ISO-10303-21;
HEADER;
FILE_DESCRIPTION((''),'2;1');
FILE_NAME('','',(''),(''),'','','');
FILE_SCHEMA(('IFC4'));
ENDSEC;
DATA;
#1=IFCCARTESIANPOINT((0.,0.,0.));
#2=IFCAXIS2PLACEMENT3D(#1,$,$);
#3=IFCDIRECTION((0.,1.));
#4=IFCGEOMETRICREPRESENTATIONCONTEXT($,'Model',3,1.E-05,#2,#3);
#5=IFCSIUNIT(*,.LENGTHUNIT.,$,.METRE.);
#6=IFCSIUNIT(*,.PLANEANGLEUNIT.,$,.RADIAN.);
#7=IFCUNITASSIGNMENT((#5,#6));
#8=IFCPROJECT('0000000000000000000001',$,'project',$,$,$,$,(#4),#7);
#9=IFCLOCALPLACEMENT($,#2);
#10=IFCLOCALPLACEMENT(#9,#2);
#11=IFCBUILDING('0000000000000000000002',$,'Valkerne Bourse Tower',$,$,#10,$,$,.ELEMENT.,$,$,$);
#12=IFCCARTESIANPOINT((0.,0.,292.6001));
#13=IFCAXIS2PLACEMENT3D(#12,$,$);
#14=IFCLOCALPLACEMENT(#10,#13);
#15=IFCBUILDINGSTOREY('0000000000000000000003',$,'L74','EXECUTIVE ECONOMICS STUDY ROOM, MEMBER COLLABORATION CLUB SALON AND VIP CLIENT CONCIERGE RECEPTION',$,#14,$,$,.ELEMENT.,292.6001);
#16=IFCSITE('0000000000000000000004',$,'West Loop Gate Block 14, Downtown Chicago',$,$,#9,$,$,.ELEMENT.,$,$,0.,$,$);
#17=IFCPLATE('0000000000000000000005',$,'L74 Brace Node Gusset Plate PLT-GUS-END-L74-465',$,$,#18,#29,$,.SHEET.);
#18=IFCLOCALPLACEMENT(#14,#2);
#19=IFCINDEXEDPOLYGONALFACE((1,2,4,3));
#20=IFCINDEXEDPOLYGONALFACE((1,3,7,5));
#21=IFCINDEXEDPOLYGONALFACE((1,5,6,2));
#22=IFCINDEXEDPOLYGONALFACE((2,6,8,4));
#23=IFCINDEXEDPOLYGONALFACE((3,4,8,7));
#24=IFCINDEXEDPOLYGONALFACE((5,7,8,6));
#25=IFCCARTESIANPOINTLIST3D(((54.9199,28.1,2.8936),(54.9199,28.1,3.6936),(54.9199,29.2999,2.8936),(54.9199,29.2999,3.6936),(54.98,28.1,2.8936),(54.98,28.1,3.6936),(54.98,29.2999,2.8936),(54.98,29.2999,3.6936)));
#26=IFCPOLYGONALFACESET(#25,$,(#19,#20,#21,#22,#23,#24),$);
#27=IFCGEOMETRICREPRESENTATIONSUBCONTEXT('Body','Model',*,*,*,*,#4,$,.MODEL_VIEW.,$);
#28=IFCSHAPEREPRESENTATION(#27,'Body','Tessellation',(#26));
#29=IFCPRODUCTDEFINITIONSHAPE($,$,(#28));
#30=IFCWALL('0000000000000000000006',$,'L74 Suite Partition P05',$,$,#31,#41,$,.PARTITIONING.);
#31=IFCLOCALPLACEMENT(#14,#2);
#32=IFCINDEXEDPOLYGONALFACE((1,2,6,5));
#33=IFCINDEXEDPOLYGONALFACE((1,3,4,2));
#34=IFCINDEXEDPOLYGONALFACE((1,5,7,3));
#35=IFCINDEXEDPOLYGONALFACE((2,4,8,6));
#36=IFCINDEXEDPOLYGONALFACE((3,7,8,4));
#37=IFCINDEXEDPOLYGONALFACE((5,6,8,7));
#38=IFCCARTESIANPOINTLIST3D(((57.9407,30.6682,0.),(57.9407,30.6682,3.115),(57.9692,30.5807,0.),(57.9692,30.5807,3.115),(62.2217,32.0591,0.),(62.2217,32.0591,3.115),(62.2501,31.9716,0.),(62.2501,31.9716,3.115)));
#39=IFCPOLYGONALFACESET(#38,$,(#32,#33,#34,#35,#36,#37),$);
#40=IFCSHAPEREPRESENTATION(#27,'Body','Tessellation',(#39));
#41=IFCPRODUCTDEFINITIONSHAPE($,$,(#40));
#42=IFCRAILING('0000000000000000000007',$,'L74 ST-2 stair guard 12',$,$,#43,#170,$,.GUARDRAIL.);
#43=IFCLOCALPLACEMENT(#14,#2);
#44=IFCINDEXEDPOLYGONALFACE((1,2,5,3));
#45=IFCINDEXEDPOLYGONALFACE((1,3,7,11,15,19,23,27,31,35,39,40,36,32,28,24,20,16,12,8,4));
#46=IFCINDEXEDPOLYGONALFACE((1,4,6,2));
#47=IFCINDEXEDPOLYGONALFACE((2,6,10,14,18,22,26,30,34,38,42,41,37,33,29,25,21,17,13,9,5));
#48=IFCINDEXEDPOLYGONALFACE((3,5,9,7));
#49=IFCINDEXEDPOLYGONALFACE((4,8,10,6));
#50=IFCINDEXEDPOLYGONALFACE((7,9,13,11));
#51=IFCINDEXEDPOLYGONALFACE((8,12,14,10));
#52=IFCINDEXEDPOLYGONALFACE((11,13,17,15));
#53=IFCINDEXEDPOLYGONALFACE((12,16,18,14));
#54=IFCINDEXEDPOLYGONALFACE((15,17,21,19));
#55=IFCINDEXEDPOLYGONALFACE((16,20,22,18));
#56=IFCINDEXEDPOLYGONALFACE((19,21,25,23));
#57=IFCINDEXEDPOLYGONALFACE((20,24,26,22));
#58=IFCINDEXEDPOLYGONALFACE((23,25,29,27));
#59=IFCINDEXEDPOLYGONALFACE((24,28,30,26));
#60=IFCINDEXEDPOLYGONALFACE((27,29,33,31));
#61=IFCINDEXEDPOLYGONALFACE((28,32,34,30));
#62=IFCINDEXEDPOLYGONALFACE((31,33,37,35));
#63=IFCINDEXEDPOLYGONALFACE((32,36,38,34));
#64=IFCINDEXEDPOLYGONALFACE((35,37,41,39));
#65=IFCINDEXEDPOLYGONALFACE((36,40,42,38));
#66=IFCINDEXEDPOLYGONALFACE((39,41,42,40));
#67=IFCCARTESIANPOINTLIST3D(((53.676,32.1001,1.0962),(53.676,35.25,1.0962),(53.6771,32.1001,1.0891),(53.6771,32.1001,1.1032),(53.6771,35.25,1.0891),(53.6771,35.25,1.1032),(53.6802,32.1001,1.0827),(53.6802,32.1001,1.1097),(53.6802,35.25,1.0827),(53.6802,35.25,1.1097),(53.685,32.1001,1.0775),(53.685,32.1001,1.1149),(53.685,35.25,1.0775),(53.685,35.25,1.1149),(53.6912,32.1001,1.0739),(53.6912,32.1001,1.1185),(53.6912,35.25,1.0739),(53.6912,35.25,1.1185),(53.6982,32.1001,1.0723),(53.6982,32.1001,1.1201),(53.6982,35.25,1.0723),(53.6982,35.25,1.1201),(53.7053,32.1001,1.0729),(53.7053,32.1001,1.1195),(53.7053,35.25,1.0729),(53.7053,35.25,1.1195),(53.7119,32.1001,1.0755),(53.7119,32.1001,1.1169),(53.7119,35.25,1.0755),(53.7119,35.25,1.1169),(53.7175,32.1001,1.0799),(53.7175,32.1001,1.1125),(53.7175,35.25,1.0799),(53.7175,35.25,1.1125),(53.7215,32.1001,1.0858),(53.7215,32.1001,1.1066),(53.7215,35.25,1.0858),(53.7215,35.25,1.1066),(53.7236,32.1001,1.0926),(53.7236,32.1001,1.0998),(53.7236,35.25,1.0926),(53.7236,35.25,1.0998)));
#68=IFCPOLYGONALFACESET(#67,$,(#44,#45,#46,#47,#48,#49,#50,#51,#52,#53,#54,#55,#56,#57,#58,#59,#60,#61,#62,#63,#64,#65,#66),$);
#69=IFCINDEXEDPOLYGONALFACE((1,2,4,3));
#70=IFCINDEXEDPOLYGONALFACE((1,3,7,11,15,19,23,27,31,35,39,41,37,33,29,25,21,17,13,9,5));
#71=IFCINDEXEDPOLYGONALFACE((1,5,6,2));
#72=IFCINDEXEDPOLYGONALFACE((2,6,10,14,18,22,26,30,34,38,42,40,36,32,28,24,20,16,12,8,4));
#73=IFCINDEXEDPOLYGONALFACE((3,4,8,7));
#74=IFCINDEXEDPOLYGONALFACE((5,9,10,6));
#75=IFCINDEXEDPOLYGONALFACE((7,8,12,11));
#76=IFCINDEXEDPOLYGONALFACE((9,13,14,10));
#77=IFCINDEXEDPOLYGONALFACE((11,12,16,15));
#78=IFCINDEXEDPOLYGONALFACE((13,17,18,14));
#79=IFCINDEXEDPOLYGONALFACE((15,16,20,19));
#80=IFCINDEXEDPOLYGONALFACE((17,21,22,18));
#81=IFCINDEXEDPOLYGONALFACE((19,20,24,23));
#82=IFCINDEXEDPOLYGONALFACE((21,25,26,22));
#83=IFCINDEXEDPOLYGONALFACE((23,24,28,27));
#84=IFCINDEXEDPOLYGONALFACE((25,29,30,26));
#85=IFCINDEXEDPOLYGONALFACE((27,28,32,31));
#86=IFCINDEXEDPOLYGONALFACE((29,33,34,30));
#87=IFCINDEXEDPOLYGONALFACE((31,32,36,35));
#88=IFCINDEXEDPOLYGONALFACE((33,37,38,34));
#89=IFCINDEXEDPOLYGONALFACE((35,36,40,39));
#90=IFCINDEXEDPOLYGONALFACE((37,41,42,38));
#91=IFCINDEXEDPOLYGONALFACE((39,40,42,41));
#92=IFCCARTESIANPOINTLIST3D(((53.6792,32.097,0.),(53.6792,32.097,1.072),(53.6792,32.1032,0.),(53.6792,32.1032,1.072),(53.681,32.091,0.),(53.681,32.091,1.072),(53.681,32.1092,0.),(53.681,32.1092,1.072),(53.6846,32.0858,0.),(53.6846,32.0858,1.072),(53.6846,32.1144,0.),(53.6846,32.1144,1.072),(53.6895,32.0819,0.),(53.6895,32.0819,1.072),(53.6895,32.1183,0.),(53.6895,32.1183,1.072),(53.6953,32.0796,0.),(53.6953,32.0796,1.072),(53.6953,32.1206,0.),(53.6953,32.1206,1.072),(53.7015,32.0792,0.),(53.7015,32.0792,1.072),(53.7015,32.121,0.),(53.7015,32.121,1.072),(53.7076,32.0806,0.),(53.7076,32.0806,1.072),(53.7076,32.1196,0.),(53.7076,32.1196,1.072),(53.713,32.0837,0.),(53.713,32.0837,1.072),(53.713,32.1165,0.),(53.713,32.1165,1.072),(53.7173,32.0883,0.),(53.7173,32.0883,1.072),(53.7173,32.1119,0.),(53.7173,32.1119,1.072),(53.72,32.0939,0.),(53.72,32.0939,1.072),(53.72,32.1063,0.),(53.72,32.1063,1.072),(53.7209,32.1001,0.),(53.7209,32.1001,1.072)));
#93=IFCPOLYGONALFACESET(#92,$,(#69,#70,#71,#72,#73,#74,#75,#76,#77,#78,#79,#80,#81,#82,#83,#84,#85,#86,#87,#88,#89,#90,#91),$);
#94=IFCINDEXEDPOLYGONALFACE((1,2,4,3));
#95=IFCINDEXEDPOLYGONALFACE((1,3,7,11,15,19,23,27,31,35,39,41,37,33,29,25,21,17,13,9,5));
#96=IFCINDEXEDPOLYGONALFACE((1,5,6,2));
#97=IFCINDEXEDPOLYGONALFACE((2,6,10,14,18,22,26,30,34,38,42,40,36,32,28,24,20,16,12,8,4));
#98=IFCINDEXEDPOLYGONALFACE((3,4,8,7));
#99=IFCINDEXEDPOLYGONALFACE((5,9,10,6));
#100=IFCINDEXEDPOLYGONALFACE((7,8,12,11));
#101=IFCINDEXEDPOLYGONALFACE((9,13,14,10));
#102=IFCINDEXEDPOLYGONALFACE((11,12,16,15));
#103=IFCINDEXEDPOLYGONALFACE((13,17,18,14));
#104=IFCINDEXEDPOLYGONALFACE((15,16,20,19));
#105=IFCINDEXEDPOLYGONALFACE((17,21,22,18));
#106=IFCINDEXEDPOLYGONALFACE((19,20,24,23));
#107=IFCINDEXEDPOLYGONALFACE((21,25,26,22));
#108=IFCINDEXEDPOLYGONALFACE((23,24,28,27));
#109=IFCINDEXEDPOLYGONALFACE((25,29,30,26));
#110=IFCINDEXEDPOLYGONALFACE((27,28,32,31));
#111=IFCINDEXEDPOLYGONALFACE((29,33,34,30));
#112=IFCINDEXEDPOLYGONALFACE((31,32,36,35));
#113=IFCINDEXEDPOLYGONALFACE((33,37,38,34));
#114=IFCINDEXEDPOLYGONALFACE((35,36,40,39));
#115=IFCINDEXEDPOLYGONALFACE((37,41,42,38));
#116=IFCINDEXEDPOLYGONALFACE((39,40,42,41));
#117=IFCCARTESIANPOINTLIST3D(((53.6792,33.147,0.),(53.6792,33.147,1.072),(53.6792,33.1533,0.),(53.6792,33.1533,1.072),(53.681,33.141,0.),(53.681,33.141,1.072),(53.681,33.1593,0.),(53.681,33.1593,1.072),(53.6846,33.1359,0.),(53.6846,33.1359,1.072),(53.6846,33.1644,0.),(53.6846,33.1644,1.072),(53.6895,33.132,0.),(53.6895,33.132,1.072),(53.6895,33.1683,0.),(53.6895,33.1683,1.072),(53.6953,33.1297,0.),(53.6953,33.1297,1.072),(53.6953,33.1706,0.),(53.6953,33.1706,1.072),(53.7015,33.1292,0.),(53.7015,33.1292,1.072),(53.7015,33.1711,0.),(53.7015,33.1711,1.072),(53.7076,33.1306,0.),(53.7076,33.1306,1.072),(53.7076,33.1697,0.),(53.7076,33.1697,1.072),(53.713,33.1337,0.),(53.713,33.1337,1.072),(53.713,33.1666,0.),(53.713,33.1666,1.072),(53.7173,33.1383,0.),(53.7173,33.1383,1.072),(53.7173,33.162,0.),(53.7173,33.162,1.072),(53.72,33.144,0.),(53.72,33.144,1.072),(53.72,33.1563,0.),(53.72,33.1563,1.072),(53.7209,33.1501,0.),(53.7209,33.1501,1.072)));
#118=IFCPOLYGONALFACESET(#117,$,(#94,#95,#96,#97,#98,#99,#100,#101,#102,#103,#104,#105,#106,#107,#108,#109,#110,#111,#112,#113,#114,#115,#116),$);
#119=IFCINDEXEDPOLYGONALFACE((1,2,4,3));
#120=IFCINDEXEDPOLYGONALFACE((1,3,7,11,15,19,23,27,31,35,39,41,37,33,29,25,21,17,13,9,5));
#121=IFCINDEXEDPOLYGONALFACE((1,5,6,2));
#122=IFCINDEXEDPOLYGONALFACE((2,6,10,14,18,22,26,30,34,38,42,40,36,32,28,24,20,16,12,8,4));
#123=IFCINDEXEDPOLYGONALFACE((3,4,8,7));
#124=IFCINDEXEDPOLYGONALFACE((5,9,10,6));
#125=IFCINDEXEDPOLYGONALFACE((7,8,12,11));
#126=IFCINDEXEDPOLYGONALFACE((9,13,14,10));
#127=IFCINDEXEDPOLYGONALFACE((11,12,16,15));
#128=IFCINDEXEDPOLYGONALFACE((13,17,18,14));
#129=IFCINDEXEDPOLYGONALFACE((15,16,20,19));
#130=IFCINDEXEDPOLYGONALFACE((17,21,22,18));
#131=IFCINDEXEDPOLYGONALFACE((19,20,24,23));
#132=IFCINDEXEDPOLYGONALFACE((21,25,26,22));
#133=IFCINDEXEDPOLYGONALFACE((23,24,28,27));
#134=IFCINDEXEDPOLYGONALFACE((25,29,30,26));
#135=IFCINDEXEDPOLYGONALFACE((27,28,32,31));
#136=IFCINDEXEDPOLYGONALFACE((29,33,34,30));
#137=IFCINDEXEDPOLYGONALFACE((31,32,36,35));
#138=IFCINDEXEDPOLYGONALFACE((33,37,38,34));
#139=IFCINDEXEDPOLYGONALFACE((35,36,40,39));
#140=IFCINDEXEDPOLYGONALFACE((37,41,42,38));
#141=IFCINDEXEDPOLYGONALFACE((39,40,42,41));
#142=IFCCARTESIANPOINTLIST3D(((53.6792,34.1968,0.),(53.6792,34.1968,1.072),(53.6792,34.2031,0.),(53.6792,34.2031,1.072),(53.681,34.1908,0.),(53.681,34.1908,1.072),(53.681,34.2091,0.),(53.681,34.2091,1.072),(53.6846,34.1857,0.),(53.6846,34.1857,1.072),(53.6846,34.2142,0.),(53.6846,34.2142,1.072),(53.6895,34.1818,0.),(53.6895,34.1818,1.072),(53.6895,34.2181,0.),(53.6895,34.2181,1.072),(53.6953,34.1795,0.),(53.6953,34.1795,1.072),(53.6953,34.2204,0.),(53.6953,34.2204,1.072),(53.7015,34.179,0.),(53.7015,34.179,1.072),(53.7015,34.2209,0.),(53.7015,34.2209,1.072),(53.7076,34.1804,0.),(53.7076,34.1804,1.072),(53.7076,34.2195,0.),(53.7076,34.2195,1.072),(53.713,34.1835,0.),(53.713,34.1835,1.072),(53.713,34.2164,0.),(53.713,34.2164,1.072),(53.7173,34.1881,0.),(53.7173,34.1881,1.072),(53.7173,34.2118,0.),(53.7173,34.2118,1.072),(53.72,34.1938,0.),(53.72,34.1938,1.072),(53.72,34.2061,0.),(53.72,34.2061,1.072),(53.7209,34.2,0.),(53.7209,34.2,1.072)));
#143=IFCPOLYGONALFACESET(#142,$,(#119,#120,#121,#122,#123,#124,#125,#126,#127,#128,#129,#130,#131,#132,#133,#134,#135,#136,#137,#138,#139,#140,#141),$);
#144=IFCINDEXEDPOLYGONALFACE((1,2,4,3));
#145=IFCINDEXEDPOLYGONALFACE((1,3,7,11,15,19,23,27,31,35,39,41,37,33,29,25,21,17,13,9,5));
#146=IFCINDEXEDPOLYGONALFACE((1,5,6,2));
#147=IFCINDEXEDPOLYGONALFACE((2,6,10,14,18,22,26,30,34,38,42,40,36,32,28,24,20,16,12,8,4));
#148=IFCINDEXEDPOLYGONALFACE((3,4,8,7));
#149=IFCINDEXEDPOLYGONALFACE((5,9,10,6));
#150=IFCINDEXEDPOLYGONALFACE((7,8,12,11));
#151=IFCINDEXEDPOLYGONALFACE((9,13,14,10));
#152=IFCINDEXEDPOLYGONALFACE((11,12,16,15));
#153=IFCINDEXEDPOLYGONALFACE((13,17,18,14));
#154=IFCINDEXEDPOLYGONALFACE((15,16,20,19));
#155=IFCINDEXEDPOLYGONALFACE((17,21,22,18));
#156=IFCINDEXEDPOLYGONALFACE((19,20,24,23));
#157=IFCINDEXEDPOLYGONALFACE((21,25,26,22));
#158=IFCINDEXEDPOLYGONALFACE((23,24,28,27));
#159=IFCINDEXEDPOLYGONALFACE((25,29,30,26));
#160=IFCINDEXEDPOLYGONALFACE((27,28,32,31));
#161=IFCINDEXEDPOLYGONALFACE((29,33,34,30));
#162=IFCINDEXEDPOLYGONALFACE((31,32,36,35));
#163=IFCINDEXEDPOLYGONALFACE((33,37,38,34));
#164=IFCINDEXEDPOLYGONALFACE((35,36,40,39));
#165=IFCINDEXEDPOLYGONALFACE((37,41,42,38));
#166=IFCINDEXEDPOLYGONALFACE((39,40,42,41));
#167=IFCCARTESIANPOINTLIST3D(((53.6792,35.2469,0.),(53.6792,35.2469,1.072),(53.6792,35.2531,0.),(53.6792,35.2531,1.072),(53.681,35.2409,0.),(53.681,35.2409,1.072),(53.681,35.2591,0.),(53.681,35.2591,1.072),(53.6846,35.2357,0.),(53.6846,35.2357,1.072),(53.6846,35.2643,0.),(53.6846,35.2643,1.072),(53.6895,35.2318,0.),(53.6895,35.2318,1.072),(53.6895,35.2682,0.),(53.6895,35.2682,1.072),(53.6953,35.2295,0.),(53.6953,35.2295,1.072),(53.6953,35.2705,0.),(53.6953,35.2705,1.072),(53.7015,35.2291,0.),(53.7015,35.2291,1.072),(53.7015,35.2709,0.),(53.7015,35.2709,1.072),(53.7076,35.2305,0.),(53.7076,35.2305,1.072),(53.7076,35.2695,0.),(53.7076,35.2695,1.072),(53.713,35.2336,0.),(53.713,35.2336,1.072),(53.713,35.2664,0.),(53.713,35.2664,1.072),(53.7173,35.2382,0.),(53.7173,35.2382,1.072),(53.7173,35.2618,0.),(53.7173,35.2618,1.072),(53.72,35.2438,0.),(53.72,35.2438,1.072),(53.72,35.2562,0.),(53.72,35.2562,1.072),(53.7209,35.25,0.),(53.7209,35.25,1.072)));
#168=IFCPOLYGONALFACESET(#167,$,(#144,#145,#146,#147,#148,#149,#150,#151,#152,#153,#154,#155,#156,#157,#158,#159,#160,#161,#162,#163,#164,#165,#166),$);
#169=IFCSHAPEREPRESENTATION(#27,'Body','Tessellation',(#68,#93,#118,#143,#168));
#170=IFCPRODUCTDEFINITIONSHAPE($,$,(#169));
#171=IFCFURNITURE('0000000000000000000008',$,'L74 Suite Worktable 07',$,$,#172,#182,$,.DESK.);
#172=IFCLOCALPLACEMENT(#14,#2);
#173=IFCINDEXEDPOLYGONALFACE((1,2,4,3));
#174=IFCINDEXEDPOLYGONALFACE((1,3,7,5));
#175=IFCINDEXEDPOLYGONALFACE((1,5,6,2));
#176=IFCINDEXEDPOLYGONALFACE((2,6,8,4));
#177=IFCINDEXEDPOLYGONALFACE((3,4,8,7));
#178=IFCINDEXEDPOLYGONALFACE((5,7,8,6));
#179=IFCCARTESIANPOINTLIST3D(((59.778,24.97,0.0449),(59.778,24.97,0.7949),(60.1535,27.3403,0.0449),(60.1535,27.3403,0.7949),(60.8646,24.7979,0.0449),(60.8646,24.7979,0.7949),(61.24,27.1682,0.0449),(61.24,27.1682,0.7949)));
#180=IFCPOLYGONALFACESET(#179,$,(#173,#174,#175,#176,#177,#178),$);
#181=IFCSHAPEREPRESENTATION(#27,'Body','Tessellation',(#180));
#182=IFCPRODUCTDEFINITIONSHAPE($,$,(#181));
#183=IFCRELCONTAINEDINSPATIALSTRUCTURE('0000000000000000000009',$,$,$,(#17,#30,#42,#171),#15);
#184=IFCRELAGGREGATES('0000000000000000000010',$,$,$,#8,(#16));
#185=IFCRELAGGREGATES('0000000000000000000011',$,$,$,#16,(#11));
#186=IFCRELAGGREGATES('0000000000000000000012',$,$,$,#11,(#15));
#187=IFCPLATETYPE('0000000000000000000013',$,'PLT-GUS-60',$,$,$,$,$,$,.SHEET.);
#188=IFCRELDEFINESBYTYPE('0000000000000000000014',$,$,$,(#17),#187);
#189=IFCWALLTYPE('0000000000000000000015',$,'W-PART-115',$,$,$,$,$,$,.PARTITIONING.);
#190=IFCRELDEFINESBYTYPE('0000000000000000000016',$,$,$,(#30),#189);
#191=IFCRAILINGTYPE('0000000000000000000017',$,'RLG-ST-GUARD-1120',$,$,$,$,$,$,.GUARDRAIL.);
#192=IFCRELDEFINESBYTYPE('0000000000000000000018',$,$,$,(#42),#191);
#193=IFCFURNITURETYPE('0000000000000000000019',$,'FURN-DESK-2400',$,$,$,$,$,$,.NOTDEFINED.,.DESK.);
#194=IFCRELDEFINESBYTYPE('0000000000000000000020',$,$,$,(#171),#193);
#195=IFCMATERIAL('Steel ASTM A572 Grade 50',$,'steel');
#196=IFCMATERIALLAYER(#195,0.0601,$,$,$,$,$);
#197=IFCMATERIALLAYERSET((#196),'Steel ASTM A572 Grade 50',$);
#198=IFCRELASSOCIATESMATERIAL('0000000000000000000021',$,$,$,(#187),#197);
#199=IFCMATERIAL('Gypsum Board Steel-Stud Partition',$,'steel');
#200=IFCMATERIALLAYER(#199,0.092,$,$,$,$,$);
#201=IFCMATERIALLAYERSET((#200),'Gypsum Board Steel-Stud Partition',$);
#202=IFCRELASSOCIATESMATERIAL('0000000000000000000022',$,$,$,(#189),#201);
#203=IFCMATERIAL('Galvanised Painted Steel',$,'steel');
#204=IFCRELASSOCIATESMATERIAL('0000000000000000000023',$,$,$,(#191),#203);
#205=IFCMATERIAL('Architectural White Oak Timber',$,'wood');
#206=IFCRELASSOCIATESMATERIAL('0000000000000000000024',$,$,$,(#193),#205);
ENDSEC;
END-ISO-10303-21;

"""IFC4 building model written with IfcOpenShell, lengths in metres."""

from ifc_helpers import new_model, si_unit, direction, frame, frame_2d, origin, origin_2d, place, context, subcontext, project, spatial, rectangle, circle, extrude, material, layer, layer_set, type_object, element, save


model = new_model("IFC4")

# Units and contexts
model_context = context("Model", 3, precision=1e-05, world=origin(), true_north=direction((0.0, 1.0)))
body_context = subcontext(model_context, "Body", "Model", "MODEL_VIEW")
ifc_project = project(units=[si_unit("LENGTHUNIT", "METRE"), si_unit("PLANEANGLEUNIT", "RADIAN")], contexts=[model_context])

# Site, building, storey
site_placement = place(None, origin())
site = spatial("IfcSite", under=ifc_project, at=site_placement, Name="West Loop Gate Block 14, Downtown Chicago", CompositionType="ELEMENT", RefElevation=0.0)
building_placement = place(site_placement, origin())
building = spatial("IfcBuilding", under=site, at=building_placement, Name="Valkerne Bourse Tower", CompositionType="ELEMENT")
storey_placement = place(building_placement, frame((0.0, 0.0, 292.6001)))
storey = spatial("IfcBuildingStorey", under=building, at=storey_placement, Name="L74", Description="EXECUTIVE ECONOMICS STUDY ROOM, MEMBER COLLABORATION CLUB SALON AND VIP CLIENT CONCIERGE RECEPTION", CompositionType="ELEMENT", Elevation=292.6001)

# Plate
ifc_material_1 = material(Name="Steel ASTM A572 Grade 50", Category="steel")
ifc_layer_1 = layer(ifc_material_1, 0.0601)
ifc_layer_set_1 = layer_set([ifc_layer_1], Name="Steel ASTM A572 Grade 50")
plate_type_1 = type_object("IfcPlateType", Name="PLT-GUS-60", PredefinedType="SHEET", material=ifc_layer_set_1)
plate_1_placement = place(storey_placement, frame((54.95, 28.7, 2.8936), z_axis=(0.0, 0.0, 1.0), x_axis=(0.0, 1.0, 0.0)))
element("IfcPlate", 1, at=plate_1_placement, inside=storey, type_object=plate_type_1, Name="L74 Brace Node Gusset Plate PLT-GUS-END-L74-465", PredefinedType="SHEET", context=body_context, shape_type="SweptSolid", body=[
    extrude(rectangle(XDim=1.2, YDim=0.0601, at=origin_2d()), origin(), (0.0, 0.0, 1.0), 0.8),
])

# Wall
ifc_material_2 = material(Name="Gypsum Board Steel-Stud Partition", Category="steel")
ifc_layer_2 = layer(ifc_material_2, 0.092)
ifc_layer_set_2 = layer_set([ifc_layer_2], Name="Gypsum Board Steel-Stud Partition")
wall_type = type_object("IfcWallType", Name="W-PART-115", PredefinedType="PARTITIONING", material=ifc_layer_set_2)
wall_placement = place(storey_placement, frame((57.9551, 30.6245, 0.0), z_axis=(0.0, 0.0, 1.0), x_axis=(0.951064, 0.308994, 0.0)))
element("IfcWall", 2, at=wall_placement, inside=storey, type_object=wall_type, Name="L74 Suite Partition P05", PredefinedType="PARTITIONING", context=body_context, shape_type="SweptSolid", body=[
    extrude(rectangle(XDim=4.5012, YDim=0.092, at=frame_2d((2.2505, 0.0))), origin(), (0.0, 0.0, 1.0), 3.115),
])

# Railing
ifc_material_3 = material(Name="Galvanised Painted Steel", Category="steel")
railing_type = type_object("IfcRailingType", Name="RLG-ST-GUARD-1120", PredefinedType="GUARDRAIL", material=ifc_material_3)
railing_placement = place(storey_placement, frame((53.7, 32.1001, 0.0)))
element("IfcRailing", 3, at=railing_placement, inside=storey, type_object=railing_type, Name="L74 ST-2 stair guard 12", PredefinedType="GUARDRAIL", context=body_context, shape_type="SweptSolid", body=[
    extrude(circle(Radius=0.0239, at=origin_2d()), frame((0.0, 0.0, 1.0962), z_axis=(0.0, 1.0, 0.0), x_axis=(-1.0, 0.0, 0.0)), (0.0, 0.0, 1.0), 3.1499),
    extrude(circle(Radius=0.021, at=origin_2d()), origin(), (0.0, 0.0, 1.0), 1.072),
    extrude(circle(Radius=0.021, at=origin_2d()), frame((0.0, 1.05, 0.0)), (0.0, 0.0, 1.0), 1.072),
    extrude(circle(Radius=0.021, at=origin_2d()), frame((0.0, 2.0999, 0.0)), (0.0, 0.0, 1.0), 1.072),
    extrude(circle(Radius=0.021, at=origin_2d()), frame((0.0, 3.1499, 0.0)), (0.0, 0.0, 1.0), 1.072),
])

# Furniture
ifc_material_4 = material(Name="Architectural White Oak Timber", Category="wood")
furniture_type = type_object("IfcFurnitureType", Name="FURN-DESK-2400", AssemblyPlace="NOTDEFINED", PredefinedType="DESK", material=ifc_material_4)
furniture_placement = place(storey_placement, frame((60.509, 26.0691, 0.0449), z_axis=(0.0, 0.0, 1.0), x_axis=(0.156434, 0.987688, 0.0)))
element("IfcFurniture", 4, at=furniture_placement, inside=storey, type_object=furniture_type, Name="L74 Suite Worktable 07", PredefinedType="DESK", context=body_context, shape_type="SweptSolid", body=[
    extrude(rectangle(XDim=2.3999, YDim=1.1001, at=origin_2d()), origin(), (0.0, 0.0, 1.0), 0.75),
])

save(model, "model.ifc")
